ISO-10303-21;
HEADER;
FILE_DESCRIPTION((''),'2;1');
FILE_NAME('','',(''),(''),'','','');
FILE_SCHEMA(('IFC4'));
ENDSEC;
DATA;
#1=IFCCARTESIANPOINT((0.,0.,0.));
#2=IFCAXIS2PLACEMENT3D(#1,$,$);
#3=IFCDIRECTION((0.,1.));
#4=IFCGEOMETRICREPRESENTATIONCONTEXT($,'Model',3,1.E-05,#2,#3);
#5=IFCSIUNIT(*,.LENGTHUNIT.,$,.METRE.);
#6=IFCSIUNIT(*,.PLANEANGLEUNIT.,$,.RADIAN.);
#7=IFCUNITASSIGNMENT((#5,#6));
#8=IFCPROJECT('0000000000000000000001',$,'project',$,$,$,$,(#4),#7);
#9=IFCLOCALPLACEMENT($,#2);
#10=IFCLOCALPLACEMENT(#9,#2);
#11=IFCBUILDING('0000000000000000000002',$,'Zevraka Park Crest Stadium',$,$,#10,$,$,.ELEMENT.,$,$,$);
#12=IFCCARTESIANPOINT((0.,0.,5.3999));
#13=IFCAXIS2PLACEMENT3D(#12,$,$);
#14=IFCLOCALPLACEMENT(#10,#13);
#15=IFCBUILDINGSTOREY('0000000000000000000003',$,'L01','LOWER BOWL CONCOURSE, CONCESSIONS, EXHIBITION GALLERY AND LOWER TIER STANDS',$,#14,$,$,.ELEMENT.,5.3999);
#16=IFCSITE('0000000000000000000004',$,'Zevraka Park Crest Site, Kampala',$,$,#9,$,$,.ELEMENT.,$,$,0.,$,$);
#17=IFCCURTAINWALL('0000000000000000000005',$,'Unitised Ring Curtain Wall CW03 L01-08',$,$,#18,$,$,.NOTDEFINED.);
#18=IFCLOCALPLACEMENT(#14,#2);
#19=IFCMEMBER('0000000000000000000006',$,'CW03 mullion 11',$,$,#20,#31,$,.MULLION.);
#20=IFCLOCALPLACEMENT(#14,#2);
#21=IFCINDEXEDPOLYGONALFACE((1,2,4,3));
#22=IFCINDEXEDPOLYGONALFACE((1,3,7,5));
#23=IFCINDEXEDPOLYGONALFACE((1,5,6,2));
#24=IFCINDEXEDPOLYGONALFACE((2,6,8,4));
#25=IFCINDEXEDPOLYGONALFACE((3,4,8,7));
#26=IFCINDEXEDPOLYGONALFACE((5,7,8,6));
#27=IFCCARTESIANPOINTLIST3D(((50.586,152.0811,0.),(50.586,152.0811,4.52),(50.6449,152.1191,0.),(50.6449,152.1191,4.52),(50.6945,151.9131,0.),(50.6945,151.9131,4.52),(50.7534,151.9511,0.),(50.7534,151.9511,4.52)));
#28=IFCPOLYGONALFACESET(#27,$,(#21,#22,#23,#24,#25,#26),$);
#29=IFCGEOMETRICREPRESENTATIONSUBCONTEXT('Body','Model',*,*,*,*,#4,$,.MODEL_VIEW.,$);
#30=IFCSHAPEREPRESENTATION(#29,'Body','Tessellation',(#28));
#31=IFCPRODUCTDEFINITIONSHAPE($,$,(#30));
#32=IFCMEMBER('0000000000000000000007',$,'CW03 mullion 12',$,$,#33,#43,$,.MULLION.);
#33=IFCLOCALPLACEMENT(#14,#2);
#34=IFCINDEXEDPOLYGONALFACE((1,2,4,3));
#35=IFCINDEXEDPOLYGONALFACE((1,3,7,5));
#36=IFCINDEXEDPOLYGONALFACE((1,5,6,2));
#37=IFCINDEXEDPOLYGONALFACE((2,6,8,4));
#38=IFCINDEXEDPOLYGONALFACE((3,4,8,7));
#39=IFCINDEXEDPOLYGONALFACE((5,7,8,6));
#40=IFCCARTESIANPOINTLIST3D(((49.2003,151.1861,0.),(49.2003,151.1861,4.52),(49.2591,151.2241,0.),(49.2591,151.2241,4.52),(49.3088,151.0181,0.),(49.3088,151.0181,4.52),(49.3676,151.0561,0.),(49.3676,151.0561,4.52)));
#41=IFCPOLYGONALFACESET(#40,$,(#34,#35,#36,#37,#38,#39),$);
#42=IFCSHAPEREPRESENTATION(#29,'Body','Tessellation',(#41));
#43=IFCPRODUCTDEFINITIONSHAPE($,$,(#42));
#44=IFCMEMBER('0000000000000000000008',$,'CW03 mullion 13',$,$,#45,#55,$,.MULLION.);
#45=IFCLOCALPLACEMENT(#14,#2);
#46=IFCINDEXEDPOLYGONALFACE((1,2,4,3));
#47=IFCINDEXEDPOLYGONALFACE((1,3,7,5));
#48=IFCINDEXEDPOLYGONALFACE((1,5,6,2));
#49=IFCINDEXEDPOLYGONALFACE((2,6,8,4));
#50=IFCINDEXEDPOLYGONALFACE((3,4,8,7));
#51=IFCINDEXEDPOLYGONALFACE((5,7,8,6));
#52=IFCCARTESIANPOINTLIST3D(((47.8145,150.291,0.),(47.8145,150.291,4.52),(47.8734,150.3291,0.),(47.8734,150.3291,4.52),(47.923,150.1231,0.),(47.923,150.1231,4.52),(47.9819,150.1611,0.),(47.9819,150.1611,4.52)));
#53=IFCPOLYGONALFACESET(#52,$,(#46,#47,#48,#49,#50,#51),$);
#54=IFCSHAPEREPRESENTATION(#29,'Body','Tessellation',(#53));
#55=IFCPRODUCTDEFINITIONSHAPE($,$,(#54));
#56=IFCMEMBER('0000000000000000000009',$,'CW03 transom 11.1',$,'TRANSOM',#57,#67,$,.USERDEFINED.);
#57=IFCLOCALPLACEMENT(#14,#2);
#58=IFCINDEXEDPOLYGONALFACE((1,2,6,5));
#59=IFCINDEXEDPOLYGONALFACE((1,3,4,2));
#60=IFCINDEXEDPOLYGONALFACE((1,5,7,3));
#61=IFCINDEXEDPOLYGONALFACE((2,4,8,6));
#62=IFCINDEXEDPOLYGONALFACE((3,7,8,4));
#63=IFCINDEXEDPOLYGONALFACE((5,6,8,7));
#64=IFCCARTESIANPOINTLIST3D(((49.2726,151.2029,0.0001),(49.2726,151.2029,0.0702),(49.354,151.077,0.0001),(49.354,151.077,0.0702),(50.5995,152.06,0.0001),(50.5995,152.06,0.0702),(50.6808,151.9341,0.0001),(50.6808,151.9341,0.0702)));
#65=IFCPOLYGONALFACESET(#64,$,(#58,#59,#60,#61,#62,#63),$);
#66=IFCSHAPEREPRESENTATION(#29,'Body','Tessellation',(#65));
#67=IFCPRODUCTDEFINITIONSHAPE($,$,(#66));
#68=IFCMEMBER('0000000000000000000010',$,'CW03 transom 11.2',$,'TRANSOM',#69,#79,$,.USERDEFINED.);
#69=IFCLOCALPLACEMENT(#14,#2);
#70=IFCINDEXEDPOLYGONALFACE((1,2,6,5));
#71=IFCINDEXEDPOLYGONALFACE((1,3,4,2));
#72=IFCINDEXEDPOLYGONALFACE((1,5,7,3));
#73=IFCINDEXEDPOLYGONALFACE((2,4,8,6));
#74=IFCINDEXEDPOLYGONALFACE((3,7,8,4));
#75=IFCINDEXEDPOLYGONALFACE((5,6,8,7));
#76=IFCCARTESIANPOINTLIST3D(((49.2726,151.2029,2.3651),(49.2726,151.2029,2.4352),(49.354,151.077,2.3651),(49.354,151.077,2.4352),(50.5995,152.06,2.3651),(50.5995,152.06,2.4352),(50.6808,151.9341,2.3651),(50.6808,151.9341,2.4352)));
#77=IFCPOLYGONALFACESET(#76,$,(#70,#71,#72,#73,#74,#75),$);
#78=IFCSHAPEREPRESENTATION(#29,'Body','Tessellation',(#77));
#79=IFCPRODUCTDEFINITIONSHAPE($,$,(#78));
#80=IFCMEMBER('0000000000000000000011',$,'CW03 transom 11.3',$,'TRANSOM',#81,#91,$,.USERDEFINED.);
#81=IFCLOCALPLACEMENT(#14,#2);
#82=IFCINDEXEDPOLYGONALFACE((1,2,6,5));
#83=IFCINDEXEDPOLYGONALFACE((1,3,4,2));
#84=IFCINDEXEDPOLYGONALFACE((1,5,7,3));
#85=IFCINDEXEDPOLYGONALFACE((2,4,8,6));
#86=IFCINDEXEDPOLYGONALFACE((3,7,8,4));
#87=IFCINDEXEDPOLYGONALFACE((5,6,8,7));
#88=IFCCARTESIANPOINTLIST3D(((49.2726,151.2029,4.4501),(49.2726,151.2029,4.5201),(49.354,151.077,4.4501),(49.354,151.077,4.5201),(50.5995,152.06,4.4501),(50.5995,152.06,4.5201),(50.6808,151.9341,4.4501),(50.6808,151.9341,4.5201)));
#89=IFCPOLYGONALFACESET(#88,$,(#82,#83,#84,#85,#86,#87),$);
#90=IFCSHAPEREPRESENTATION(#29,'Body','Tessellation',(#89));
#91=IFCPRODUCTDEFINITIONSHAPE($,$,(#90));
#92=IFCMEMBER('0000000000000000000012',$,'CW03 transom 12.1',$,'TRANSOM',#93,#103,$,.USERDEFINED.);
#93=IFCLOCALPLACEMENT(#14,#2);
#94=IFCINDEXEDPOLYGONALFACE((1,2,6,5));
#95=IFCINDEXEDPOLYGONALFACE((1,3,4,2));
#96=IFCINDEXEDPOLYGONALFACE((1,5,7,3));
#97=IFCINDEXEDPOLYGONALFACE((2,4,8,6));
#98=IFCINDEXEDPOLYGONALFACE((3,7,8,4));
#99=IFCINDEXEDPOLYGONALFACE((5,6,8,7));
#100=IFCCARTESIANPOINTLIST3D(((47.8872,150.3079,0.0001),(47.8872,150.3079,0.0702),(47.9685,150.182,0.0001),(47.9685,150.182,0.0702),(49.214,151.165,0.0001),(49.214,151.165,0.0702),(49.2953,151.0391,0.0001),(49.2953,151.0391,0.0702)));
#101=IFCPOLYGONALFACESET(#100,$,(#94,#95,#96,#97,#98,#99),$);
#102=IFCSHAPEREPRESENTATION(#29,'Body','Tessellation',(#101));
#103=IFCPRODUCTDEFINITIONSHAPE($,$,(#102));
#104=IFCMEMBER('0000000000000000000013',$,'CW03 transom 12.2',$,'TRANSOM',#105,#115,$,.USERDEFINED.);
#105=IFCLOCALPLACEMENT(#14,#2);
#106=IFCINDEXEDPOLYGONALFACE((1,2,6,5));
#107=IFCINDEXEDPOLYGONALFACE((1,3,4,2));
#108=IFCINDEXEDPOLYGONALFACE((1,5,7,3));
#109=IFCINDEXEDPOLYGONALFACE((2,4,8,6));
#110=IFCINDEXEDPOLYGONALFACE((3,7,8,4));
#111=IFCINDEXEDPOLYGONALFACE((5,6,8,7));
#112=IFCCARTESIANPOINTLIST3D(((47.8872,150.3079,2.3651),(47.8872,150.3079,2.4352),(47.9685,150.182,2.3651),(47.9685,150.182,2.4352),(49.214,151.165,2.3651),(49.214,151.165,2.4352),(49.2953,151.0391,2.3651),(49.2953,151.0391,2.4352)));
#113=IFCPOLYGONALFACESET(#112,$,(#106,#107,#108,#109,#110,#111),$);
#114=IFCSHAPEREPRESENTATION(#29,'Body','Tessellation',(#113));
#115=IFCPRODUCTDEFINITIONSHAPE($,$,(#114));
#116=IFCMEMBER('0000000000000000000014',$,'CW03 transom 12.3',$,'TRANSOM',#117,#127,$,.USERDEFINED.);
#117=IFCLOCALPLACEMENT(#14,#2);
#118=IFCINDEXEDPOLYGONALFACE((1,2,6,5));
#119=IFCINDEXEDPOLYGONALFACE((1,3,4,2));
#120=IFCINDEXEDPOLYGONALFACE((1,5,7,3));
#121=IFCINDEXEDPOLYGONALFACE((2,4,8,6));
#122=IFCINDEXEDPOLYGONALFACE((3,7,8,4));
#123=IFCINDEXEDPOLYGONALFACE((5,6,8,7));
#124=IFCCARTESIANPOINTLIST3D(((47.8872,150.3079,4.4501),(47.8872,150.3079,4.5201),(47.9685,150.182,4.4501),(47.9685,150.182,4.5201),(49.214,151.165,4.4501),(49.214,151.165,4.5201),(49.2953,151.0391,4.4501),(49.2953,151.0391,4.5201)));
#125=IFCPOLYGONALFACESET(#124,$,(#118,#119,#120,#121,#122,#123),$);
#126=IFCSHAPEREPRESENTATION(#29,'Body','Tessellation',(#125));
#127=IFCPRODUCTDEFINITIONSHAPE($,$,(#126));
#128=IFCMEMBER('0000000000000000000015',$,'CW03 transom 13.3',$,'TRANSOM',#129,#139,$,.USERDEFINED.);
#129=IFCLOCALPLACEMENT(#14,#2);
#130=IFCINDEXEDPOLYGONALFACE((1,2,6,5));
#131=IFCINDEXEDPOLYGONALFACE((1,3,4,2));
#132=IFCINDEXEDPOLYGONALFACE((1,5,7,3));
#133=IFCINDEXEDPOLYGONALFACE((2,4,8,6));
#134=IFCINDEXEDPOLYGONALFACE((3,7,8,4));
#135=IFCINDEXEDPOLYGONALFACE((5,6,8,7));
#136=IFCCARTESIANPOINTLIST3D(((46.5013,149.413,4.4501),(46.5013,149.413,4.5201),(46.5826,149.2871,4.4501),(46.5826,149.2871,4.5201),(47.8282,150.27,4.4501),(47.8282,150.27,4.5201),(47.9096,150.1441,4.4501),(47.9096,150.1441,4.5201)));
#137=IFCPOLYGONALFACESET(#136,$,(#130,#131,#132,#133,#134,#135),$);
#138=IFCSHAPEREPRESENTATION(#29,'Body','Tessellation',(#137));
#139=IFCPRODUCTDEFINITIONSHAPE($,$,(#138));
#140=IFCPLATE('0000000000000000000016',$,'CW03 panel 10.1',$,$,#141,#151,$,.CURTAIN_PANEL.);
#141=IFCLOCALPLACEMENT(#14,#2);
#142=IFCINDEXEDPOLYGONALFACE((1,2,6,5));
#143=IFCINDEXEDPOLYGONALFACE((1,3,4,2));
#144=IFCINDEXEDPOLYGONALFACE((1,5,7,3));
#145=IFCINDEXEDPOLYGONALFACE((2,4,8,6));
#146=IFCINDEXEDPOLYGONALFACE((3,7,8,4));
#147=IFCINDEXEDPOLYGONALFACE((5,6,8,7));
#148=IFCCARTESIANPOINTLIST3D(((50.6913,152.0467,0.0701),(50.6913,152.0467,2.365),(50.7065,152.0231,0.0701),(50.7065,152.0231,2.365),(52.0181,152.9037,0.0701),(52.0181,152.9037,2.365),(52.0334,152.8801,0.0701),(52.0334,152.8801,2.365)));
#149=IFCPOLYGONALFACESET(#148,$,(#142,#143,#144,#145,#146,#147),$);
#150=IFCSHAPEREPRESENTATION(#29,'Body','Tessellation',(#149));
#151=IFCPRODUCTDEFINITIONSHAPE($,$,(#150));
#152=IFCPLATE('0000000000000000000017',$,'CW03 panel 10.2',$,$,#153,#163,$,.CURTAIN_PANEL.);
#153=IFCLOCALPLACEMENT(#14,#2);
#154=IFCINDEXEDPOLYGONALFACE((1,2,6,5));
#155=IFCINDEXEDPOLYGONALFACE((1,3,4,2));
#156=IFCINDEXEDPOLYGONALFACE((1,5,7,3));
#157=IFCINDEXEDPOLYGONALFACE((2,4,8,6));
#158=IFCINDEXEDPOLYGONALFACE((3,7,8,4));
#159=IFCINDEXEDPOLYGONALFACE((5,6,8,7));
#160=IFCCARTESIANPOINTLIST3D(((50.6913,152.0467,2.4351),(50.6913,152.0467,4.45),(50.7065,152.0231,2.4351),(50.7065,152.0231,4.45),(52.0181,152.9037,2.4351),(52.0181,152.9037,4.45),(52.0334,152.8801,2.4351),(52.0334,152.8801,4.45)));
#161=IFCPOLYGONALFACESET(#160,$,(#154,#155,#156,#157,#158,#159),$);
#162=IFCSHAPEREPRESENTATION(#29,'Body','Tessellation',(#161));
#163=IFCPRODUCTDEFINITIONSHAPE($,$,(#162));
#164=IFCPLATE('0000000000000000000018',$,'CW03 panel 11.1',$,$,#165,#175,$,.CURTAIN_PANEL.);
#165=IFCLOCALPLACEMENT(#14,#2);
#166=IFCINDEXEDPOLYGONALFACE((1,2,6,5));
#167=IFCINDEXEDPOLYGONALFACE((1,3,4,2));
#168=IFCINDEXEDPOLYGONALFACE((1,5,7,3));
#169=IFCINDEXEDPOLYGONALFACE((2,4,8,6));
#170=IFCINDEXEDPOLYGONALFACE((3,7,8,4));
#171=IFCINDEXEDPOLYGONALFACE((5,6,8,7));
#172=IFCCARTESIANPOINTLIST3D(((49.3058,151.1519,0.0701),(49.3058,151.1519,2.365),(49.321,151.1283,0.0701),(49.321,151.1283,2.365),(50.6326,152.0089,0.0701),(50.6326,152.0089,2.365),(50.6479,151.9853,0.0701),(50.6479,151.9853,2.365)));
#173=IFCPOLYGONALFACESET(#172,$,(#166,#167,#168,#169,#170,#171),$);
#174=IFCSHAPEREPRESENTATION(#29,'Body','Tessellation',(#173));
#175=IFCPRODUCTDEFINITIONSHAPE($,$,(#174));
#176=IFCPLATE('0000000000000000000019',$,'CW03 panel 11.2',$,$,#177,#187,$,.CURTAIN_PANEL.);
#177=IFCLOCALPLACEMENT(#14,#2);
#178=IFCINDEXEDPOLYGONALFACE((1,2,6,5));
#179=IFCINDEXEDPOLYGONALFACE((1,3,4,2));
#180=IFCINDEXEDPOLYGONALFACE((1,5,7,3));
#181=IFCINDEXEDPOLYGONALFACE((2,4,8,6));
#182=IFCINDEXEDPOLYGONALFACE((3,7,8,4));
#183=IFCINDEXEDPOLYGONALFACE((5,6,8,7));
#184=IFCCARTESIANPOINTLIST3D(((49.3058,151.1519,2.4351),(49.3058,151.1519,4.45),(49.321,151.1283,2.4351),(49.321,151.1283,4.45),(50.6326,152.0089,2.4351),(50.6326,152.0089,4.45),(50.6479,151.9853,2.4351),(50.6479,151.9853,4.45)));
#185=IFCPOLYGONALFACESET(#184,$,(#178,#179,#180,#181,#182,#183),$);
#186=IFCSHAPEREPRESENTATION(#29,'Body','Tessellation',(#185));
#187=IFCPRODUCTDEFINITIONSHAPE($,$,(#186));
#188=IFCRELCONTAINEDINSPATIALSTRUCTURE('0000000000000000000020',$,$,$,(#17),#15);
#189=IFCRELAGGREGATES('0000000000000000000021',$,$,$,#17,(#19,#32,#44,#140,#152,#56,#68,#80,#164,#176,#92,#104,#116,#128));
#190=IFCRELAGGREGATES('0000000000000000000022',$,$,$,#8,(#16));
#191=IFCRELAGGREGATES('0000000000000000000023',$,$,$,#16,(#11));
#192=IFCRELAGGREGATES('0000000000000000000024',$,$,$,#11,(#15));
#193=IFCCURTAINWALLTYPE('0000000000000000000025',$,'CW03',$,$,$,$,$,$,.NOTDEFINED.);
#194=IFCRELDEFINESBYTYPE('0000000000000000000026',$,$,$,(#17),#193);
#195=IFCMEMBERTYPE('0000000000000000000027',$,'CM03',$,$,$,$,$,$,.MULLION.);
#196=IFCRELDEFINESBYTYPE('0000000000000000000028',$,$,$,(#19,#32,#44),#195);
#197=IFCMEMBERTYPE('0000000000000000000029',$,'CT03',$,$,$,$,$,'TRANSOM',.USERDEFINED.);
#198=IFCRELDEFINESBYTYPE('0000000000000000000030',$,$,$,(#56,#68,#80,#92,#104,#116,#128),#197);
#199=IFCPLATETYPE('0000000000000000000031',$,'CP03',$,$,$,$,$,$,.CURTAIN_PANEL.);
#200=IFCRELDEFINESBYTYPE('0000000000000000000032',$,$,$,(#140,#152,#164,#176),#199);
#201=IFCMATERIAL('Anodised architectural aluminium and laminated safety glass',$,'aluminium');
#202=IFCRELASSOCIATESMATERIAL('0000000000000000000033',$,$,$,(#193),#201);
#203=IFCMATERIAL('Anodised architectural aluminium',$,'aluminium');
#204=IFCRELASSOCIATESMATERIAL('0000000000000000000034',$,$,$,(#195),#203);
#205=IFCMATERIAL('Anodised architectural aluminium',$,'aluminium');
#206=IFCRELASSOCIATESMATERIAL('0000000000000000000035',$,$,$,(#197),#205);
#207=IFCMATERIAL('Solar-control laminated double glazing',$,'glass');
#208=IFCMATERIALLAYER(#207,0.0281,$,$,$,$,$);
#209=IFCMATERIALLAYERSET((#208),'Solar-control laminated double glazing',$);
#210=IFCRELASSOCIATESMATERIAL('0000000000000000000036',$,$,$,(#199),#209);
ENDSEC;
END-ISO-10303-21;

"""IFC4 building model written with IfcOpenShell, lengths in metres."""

from ifc_helpers import new_model, si_unit, direction, frame, origin, origin_2d, place, context, subcontext, project, spatial, rectangle, extrude, material, layer, layer_set, material_profile, profile_set, type_object, element, aggregate, save


model = new_model("IFC4")

# Units and contexts
model_context = context("Model", 3, precision=1e-05, world=origin(), true_north=direction((0.0, 1.0)))
body_context = subcontext(model_context, "Body", "Model", "MODEL_VIEW")
ifc_project = project(units=[si_unit("LENGTHUNIT", "METRE"), si_unit("PLANEANGLEUNIT", "RADIAN")], contexts=[model_context])

# Site, building, storey
site_placement = place(None, origin())
site = spatial("IfcSite", under=ifc_project, at=site_placement, Name="Zevraka Park Crest Site, Kampala", CompositionType="ELEMENT", RefElevation=0.0)
building_placement = place(site_placement, origin())
building = spatial("IfcBuilding", under=site, at=building_placement, Name="Zevraka Park Crest Stadium", CompositionType="ELEMENT")
storey_placement = place(building_placement, frame((0.0, 0.0, 5.3999)))
storey = spatial("IfcBuildingStorey", under=building, at=storey_placement, Name="L01", Description="LOWER BOWL CONCOURSE, CONCESSIONS, EXHIBITION GALLERY AND LOWER TIER STANDS", CompositionType="ELEMENT", Elevation=5.3999)

# Curtain wall, members, plates
ifc_material_1 = material(Name="Anodised architectural aluminium and laminated safety glass", Category="aluminium")
curtain_wall_type = type_object("IfcCurtainWallType", Name="CW03", PredefinedType="NOTDEFINED", material=ifc_material_1)
curtain_wall_placement = place(storey_placement, origin())
curtain_wall = element("IfcCurtainWall", 1, at=curtain_wall_placement, inside=storey, type_object=curtain_wall_type, Name="Unitised Ring Curtain Wall CW03 L01-08", PredefinedType="NOTDEFINED")
ifc_material_2 = material(Name="Anodised architectural aluminium", Category="aluminium")
ifc_material_profile_1 = material_profile(ifc_material_2, rectangle(XDim=0.2, YDim=0.0701, at=origin_2d()), Name="ALU MULLION 200x70")
ifc_profile_set_1 = profile_set([ifc_material_profile_1], Name="Anodised architectural aluminium")
member_type_1 = type_object("IfcMemberType", Name="CM03", PredefinedType="MULLION", material=ifc_profile_set_1)
member_1_placement = place(storey_placement, frame((50.6697, 152.0161, 0.0), z_axis=(0.0, 0.0, 1.0), x_axis=(0.542571, -0.84001, 0.0)))
member_1 = element("IfcMember", 2, at=member_1_placement, type_object=member_type_1, Name="CW03 mullion 11", PredefinedType="MULLION", context=body_context, shape_type="SweptSolid", body=[
    extrude(rectangle(XDim=0.2, YDim=0.0701, at=origin_2d()), origin(), (0.0, 0.0, 1.0), 4.52),
])
member_2_placement = place(storey_placement, frame((49.2839, 151.1211, 0.0), z_axis=(0.0, 0.0, 1.0), x_axis=(0.542571, -0.84001, 0.0)))
member_2 = element("IfcMember", 3, at=member_2_placement, type_object=member_type_1, Name="CW03 mullion 12", PredefinedType="MULLION", context=body_context, shape_type="SweptSolid", body=[
    extrude(rectangle(XDim=0.2, YDim=0.0701, at=origin_2d()), origin(), (0.0, 0.0, 1.0), 4.52),
])
member_3_placement = place(storey_placement, frame((47.8982, 150.2261, 0.0), z_axis=(0.0, 0.0, 1.0), x_axis=(0.542571, -0.84001, 0.0)))
member_3 = element("IfcMember", 4, at=member_3_placement, type_object=member_type_1, Name="CW03 mullion 13", PredefinedType="MULLION", context=body_context, shape_type="SweptSolid", body=[
    extrude(rectangle(XDim=0.2, YDim=0.0701, at=origin_2d()), origin(), (0.0, 0.0, 1.0), 4.52),
])
ifc_material_3 = material(Name="Anodised architectural aluminium", Category="aluminium")
ifc_material_profile_2 = material_profile(ifc_material_3, rectangle(XDim=0.1499, YDim=0.0701, at=origin_2d()), Name="ALU TRANSOM 150x70")
ifc_profile_set_2 = profile_set([ifc_material_profile_2], Name="Anodised architectural aluminium")
member_type_2 = type_object("IfcMemberType", Name="CT03", ElementType="TRANSOM", PredefinedType="USERDEFINED", material=ifc_profile_set_2)
member_4_placement = place(storey_placement, frame((50.6401, 151.9971, 0.0352), z_axis=(-0.839976, -0.542623, 0.0), x_axis=(0.542623, -0.839976, 0.0)))
member_4 = element("IfcMember", 5, at=member_4_placement, type_object=member_type_2, Name="CW03 transom 11.1", ObjectType="TRANSOM", PredefinedType="USERDEFINED", context=body_context, shape_type="SweptSolid", body=[
    extrude(rectangle(XDim=0.1499, YDim=0.0701, at=origin_2d()), origin(), (0.0, 0.0, 1.0), 1.5796),
])
member_5_placement = place(storey_placement, frame((50.6401, 151.9971, 2.4001), z_axis=(-0.839976, -0.542623, 0.0), x_axis=(0.542623, -0.839976, 0.0)))
member_5 = element("IfcMember", 6, at=member_5_placement, type_object=member_type_2, Name="CW03 transom 11.2", ObjectType="TRANSOM", PredefinedType="USERDEFINED", context=body_context, shape_type="SweptSolid", body=[
    extrude(rectangle(XDim=0.1499, YDim=0.0701, at=origin_2d()), origin(), (0.0, 0.0, 1.0), 1.5796),
])
member_6_placement = place(storey_placement, frame((50.6401, 151.9971, 4.4851), z_axis=(-0.839976, -0.542623, 0.0), x_axis=(0.542623, -0.839976, 0.0)))
member_6 = element("IfcMember", 7, at=member_6_placement, type_object=member_type_2, Name="CW03 transom 11.3", ObjectType="TRANSOM", PredefinedType="USERDEFINED", context=body_context, shape_type="SweptSolid", body=[
    extrude(rectangle(XDim=0.1499, YDim=0.0701, at=origin_2d()), origin(), (0.0, 0.0, 1.0), 1.5796),
])
member_7_placement = place(storey_placement, frame((49.2546, 151.1021, 0.0352), z_axis=(-0.839976, -0.542623, 0.0), x_axis=(0.542623, -0.839976, 0.0)))
member_7 = element("IfcMember", 8, at=member_7_placement, type_object=member_type_2, Name="CW03 transom 12.1", ObjectType="TRANSOM", PredefinedType="USERDEFINED", context=body_context, shape_type="SweptSolid", body=[
    extrude(rectangle(XDim=0.1499, YDim=0.0701, at=origin_2d()), origin(), (0.0, 0.0, 1.0), 1.5796),
])
member_8_placement = place(storey_placement, frame((49.2546, 151.1021, 2.4001), z_axis=(-0.839976, -0.542623, 0.0), x_axis=(0.542623, -0.839976, 0.0)))
member_8 = element("IfcMember", 9, at=member_8_placement, type_object=member_type_2, Name="CW03 transom 12.2", ObjectType="TRANSOM", PredefinedType="USERDEFINED", context=body_context, shape_type="SweptSolid", body=[
    extrude(rectangle(XDim=0.1499, YDim=0.0701, at=origin_2d()), origin(), (0.0, 0.0, 1.0), 1.5796),
])
member_9_placement = place(storey_placement, frame((49.2546, 151.1021, 4.4851), z_axis=(-0.839976, -0.542623, 0.0), x_axis=(0.542623, -0.839976, 0.0)))
member_9 = element("IfcMember", 10, at=member_9_placement, type_object=member_type_2, Name="CW03 transom 12.3", ObjectType="TRANSOM", PredefinedType="USERDEFINED", context=body_context, shape_type="SweptSolid", body=[
    extrude(rectangle(XDim=0.1499, YDim=0.0701, at=origin_2d()), origin(), (0.0, 0.0, 1.0), 1.5796),
])
member_10_placement = place(storey_placement, frame((47.8689, 150.207, 4.4851), z_axis=(-0.840047, -0.542514, 0.0), x_axis=(0.542514, -0.840047, 0.0)))
member_10 = element("IfcMember", 11, at=member_10_placement, type_object=member_type_2, Name="CW03 transom 13.3", ObjectType="TRANSOM", PredefinedType="USERDEFINED", context=body_context, shape_type="SweptSolid", body=[
    extrude(rectangle(XDim=0.1499, YDim=0.0701, at=origin_2d()), origin(), (0.0, 0.0, 1.0), 1.5796),
])
ifc_material_4 = material(Name="Solar-control laminated double glazing", Category="glass")
ifc_layer_1 = layer(ifc_material_4, 0.0281)
ifc_layer_set_1 = layer_set([ifc_layer_1], Name="Solar-control laminated double glazing")
plate_type = type_object("IfcPlateType", Name="CP03", PredefinedType="CURTAIN_PANEL", material=ifc_layer_set_1)
plate_1_placement = place(storey_placement, frame((51.3623, 152.4634, 0.0701), z_axis=(0.0, 0.0, 1.0), x_axis=(-0.84001, -0.542571, 0.0)))
plate_1 = element("IfcPlate", 12, at=plate_1_placement, type_object=plate_type, Name="CW03 panel 10.1", PredefinedType="CURTAIN_PANEL", context=body_context, shape_type="SweptSolid", body=[
    extrude(rectangle(XDim=1.5796, YDim=0.0281, at=origin_2d()), origin(), (0.0, 0.0, 1.0), 2.2949),
])
plate_2_placement = place(storey_placement, frame((51.3623, 152.4634, 2.4351), z_axis=(0.0, 0.0, 1.0), x_axis=(-0.84001, -0.542571, 0.0)))
plate_2 = element("IfcPlate", 13, at=plate_2_placement, type_object=plate_type, Name="CW03 panel 10.2", PredefinedType="CURTAIN_PANEL", context=body_context, shape_type="SweptSolid", body=[
    extrude(rectangle(XDim=1.5796, YDim=0.0281, at=origin_2d()), origin(), (0.0, 0.0, 1.0), 2.0149),
])
plate_3_placement = place(storey_placement, frame((49.9768, 151.5686, 0.0701), z_axis=(0.0, 0.0, 1.0), x_axis=(-0.84001, -0.542571, 0.0)))
plate_3 = element("IfcPlate", 14, at=plate_3_placement, type_object=plate_type, Name="CW03 panel 11.1", PredefinedType="CURTAIN_PANEL", context=body_context, shape_type="SweptSolid", body=[
    extrude(rectangle(XDim=1.5796, YDim=0.0281, at=origin_2d()), origin(), (0.0, 0.0, 1.0), 2.2949),
])
plate_4_placement = place(storey_placement, frame((49.9768, 151.5686, 2.4351), z_axis=(0.0, 0.0, 1.0), x_axis=(-0.84001, -0.542571, 0.0)))
plate_4 = element("IfcPlate", 15, at=plate_4_placement, type_object=plate_type, Name="CW03 panel 11.2", PredefinedType="CURTAIN_PANEL", context=body_context, shape_type="SweptSolid", body=[
    extrude(rectangle(XDim=1.5796, YDim=0.0281, at=origin_2d()), origin(), (0.0, 0.0, 1.0), 2.0149),
])
aggregate(curtain_wall, [member_1, member_2, member_3, plate_1, plate_2, member_4, member_5, member_6, plate_3, plate_4, member_7, member_8, member_9, member_10])

save(model, "model.ifc")
